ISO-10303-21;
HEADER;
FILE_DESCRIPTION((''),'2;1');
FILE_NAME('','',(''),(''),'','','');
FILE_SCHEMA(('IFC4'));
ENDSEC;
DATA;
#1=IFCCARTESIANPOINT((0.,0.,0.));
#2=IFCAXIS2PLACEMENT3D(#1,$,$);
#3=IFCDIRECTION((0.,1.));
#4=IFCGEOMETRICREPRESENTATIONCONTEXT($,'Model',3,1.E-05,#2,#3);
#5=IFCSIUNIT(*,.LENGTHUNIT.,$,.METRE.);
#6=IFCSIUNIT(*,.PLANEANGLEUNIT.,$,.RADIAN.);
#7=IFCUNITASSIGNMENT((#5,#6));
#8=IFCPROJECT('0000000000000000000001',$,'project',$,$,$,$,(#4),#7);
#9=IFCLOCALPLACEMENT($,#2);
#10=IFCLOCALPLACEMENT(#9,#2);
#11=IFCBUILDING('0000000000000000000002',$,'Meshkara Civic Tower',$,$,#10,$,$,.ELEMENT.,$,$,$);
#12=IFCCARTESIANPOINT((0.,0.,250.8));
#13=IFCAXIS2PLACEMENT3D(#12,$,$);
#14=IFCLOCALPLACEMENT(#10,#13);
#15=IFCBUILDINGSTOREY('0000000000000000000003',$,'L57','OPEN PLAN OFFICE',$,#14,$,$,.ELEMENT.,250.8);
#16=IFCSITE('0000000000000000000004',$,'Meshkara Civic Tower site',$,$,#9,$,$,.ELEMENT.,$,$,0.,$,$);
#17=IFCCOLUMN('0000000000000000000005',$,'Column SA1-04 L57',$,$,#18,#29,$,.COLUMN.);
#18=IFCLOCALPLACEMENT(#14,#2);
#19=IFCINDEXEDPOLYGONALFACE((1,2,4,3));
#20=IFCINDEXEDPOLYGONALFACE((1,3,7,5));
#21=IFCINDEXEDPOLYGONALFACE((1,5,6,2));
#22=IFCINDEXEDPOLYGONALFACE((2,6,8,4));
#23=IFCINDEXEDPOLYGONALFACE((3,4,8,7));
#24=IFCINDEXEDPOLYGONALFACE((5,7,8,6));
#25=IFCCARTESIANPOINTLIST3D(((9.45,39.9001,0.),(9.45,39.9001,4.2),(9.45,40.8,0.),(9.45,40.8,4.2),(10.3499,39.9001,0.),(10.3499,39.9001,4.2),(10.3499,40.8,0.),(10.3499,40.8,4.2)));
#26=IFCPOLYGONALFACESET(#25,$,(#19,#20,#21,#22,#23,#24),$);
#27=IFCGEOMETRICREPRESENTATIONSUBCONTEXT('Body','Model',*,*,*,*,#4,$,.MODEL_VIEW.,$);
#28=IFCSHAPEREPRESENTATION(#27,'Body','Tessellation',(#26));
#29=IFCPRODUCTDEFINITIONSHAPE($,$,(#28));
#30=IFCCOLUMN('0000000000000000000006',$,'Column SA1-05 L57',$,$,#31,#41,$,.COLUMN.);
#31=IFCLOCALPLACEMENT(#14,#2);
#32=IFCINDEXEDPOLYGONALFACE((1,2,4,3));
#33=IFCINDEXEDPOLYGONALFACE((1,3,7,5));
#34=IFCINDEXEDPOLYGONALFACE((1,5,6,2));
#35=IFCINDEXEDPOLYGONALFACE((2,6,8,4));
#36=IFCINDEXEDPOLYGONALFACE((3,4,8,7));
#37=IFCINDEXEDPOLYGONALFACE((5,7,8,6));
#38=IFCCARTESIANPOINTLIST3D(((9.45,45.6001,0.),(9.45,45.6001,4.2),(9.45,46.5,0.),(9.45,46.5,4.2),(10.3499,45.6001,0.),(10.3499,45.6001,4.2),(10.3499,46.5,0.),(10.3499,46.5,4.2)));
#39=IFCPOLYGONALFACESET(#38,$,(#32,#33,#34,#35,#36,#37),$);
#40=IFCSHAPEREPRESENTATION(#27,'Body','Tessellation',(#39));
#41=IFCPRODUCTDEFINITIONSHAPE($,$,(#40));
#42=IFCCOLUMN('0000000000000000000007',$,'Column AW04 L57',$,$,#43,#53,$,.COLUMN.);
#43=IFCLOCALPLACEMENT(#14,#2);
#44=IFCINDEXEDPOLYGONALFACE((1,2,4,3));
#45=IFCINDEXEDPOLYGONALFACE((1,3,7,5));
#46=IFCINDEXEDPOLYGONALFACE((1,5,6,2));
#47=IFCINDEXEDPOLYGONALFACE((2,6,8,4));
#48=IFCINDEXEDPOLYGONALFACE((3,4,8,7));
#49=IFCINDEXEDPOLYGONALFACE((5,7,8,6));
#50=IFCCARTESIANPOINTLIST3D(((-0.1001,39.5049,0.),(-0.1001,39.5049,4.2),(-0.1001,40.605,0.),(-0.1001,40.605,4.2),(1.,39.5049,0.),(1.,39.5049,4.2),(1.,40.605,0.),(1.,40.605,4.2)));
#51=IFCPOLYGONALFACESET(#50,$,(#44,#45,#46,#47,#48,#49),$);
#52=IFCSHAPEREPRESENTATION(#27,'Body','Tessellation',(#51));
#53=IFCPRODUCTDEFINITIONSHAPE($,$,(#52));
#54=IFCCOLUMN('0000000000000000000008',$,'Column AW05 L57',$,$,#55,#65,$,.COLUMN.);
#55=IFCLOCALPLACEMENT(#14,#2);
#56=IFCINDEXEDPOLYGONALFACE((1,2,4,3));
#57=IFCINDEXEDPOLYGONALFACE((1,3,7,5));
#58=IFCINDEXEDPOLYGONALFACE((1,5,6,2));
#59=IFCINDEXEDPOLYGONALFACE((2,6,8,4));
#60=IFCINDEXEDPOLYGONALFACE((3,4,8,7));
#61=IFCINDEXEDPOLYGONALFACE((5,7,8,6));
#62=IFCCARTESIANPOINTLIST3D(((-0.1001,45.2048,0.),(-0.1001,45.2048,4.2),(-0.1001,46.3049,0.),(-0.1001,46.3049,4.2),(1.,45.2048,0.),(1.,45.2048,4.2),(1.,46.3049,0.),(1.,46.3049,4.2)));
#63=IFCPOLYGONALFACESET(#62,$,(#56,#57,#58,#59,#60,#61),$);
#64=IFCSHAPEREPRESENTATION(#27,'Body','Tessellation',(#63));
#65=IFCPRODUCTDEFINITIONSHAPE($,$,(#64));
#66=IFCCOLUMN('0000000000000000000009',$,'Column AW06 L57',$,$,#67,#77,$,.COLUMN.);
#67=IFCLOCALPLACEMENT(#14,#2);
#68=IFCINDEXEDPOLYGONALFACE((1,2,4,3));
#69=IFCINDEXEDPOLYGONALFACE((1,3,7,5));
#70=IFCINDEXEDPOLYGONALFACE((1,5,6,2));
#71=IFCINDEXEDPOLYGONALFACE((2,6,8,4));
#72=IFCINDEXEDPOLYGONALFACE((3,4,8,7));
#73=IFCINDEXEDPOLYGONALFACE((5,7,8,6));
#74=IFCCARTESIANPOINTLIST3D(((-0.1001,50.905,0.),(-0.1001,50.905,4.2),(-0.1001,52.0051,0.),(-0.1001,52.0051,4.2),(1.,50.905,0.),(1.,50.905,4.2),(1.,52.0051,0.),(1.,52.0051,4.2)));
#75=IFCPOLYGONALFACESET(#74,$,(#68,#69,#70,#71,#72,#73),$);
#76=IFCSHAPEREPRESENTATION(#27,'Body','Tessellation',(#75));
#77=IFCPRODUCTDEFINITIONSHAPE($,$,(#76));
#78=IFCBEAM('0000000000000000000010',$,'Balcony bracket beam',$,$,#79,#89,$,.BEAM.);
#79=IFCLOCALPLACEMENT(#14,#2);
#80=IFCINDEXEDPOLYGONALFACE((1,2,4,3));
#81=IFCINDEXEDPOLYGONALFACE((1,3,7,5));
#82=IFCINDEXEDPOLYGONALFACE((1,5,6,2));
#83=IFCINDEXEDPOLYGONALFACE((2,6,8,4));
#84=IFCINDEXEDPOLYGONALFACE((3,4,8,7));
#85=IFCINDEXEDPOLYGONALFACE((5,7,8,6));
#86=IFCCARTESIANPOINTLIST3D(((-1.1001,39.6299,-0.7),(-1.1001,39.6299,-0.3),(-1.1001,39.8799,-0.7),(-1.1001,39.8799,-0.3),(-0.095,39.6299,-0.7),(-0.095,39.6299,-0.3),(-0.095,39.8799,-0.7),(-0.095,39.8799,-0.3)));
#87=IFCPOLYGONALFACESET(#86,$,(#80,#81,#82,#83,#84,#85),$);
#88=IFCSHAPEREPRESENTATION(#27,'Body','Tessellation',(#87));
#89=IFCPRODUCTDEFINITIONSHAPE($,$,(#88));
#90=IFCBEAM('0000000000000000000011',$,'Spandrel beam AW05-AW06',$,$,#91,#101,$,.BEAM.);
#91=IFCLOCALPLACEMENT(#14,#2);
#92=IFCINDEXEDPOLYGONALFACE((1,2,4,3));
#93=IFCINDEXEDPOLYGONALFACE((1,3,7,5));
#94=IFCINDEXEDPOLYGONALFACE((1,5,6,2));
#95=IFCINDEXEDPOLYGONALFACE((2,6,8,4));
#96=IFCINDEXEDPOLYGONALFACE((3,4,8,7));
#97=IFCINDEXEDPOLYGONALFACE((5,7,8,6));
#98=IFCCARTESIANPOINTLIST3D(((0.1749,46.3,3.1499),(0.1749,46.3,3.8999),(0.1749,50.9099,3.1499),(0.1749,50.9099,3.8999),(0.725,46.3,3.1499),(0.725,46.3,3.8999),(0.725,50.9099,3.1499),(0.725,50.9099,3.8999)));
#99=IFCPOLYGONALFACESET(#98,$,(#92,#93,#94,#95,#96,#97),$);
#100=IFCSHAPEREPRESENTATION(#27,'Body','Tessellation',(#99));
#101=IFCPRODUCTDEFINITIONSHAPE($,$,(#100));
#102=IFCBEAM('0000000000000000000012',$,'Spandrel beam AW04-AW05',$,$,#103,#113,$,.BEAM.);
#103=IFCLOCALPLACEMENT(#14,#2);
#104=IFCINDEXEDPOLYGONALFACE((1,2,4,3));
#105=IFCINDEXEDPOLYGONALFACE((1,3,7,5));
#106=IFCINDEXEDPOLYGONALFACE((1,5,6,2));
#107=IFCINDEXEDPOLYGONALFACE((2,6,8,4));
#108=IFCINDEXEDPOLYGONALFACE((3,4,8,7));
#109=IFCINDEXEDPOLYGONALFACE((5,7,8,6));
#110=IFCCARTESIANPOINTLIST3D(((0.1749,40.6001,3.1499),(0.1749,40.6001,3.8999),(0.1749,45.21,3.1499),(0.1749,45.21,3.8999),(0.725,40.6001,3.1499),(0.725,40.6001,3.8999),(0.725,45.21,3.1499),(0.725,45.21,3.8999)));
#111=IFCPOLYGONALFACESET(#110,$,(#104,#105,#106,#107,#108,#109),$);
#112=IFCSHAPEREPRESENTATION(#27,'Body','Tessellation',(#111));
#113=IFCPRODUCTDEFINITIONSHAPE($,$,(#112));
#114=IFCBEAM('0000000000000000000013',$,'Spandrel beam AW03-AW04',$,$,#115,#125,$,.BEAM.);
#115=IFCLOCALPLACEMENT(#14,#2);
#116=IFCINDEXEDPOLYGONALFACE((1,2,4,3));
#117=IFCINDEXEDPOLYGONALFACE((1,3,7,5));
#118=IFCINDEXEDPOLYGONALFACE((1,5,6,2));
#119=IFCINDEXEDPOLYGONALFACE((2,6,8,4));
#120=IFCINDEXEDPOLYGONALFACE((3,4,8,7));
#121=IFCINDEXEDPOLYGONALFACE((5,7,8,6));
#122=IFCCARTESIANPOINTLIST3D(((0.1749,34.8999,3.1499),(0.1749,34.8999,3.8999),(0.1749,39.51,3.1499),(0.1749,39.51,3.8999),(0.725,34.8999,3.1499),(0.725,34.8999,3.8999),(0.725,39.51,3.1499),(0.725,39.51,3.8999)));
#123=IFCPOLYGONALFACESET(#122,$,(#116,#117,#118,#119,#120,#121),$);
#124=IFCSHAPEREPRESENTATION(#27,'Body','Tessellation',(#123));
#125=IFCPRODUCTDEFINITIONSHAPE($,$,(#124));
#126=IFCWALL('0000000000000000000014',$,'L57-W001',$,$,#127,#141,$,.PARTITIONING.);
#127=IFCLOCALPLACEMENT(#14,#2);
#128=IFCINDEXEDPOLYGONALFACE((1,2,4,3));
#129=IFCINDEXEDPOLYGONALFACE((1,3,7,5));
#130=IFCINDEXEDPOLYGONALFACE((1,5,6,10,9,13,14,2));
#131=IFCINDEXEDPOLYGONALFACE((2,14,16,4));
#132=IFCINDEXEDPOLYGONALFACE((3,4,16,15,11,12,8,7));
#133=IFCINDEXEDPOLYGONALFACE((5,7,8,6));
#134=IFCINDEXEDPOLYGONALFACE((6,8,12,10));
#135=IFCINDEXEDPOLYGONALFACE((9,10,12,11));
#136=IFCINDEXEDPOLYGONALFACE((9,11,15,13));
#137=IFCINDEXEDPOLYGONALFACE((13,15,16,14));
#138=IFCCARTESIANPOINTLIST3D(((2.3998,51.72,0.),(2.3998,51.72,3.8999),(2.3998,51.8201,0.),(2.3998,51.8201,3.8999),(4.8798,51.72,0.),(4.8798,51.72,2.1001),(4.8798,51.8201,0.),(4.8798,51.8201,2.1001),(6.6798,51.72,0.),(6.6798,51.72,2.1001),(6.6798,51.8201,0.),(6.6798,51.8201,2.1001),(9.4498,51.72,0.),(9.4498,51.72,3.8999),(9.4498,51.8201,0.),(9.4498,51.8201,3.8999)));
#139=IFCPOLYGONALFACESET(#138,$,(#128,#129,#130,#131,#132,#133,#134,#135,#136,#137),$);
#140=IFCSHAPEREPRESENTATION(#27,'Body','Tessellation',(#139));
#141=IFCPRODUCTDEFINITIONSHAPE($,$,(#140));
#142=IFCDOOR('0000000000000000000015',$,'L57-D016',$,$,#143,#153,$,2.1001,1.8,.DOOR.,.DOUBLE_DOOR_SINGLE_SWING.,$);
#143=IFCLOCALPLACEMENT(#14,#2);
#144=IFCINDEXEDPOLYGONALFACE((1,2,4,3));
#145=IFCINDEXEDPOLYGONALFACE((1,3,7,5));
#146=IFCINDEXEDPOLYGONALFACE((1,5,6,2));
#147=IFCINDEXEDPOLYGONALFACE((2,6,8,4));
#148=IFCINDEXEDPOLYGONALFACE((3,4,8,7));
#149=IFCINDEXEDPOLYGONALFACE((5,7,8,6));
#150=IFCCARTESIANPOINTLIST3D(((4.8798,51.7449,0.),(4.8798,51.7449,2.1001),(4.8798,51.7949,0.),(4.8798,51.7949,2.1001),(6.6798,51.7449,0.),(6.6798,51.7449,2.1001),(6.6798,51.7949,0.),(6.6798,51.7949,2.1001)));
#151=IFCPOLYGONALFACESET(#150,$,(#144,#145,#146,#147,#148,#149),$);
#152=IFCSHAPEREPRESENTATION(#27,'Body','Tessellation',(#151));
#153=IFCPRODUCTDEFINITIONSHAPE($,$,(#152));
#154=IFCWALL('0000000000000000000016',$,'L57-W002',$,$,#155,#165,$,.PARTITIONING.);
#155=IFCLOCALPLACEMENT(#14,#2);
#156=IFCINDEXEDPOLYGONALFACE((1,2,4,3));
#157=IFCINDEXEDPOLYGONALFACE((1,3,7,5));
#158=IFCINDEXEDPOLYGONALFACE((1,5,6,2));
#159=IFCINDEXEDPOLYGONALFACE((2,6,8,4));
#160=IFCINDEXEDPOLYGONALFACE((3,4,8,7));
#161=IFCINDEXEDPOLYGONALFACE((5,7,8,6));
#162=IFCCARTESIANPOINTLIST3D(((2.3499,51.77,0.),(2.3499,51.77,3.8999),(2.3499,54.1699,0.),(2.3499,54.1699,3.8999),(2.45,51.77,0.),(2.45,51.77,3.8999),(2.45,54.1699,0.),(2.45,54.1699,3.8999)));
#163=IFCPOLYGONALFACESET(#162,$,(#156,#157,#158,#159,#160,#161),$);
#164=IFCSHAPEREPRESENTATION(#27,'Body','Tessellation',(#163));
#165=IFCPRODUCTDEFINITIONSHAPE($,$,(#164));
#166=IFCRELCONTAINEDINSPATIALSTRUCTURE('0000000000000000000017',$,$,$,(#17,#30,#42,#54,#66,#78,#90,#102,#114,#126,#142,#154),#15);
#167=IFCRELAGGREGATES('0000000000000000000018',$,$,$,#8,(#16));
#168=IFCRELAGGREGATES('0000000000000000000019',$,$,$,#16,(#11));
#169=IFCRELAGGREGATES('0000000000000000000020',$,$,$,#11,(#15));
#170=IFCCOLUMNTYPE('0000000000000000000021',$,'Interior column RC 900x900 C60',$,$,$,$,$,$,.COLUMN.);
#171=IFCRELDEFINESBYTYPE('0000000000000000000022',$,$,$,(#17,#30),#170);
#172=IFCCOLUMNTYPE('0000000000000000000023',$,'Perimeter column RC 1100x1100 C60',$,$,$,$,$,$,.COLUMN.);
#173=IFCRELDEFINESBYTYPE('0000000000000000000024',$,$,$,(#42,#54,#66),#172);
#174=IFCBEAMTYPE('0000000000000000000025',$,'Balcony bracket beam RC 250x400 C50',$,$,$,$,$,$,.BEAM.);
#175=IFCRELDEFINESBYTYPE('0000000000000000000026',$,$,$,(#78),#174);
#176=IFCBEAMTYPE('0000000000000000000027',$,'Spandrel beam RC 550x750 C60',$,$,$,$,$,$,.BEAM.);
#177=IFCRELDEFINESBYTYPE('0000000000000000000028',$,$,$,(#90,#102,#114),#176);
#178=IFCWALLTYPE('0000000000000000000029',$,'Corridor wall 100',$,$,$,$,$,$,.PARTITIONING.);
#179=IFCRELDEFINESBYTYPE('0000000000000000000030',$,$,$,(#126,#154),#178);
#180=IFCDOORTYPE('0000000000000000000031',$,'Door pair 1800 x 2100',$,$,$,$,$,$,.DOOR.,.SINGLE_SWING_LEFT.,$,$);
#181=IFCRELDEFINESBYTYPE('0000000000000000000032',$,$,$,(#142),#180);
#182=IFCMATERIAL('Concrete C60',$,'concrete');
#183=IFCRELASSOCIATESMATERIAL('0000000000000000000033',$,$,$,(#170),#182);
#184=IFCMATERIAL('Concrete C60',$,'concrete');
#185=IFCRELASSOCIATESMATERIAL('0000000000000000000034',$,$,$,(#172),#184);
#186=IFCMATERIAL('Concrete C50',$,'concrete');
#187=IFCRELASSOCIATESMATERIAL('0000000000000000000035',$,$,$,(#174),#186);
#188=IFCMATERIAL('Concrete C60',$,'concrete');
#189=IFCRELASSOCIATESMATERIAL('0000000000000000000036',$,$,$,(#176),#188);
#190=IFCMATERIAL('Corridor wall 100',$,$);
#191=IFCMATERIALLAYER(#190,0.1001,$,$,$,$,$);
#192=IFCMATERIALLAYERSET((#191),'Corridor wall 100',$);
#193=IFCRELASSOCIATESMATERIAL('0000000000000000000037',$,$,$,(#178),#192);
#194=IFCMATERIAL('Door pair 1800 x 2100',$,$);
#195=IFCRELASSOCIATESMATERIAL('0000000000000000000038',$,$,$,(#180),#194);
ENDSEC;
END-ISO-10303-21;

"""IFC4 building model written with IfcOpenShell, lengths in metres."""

from ifc_helpers import new_model, si_unit, direction, frame, frame_2d, origin, origin_2d, place, context, subcontext, project, spatial, rectangle, extrude, material, layer, layer_set, material_profile, profile_set, type_object, element, fill, save


model = new_model("IFC4")

# Units and contexts
model_context = context("Model", 3, precision=1e-05, world=origin(), true_north=direction((0.0, 1.0)))
body_context = subcontext(model_context, "Body", "Model", "MODEL_VIEW")
ifc_project = project(units=[si_unit("LENGTHUNIT", "METRE"), si_unit("PLANEANGLEUNIT", "RADIAN")], contexts=[model_context])

# Site, building, storey
site_placement = place(None, origin())
site = spatial("IfcSite", under=ifc_project, at=site_placement, Name="Meshkara Civic Tower site", CompositionType="ELEMENT", RefElevation=0.0)
building_placement = place(site_placement, origin())
building = spatial("IfcBuilding", under=site, at=building_placement, Name="Meshkara Civic Tower", CompositionType="ELEMENT")
storey_placement = place(building_placement, frame((0.0, 0.0, 250.8)))
storey = spatial("IfcBuildingStorey", under=building, at=storey_placement, Name="L57", Description="OPEN PLAN OFFICE", CompositionType="ELEMENT", Elevation=250.8)

# Columns
ifc_material_1 = material(Name="Concrete C60", Category="concrete")
ifc_material_profile_1 = material_profile(ifc_material_1, rectangle(XDim=0.8999, YDim=0.8999, at=origin_2d()))
ifc_profile_set_1 = profile_set([ifc_material_profile_1], Name="Concrete C60")
column_type_1 = type_object("IfcColumnType", Name="Interior column RC 900x900 C60", PredefinedType="COLUMN", material=ifc_profile_set_1)
for number, where, z_axis, x_axis, name in (
    (1, (9.8999, 40.3501, 0.0), (0.0, 0.0, 1.0), (1.0, 0.0, 0.0), "Column SA1-04 L57"),
    (2, (9.8999, 46.05, 0.0), (0.0, 0.0, 1.0), (1.0, 0.0, 0.0), "Column SA1-05 L57"),
):
    element("IfcColumn", number, at=place(storey_placement, frame(where, z_axis=z_axis, x_axis=x_axis)), inside=storey, type_object=column_type_1, Name=name, PredefinedType="COLUMN", context=body_context, shape_type="SweptSolid", body=[
        extrude(rectangle(XDim=0.8999, YDim=0.8999, at=origin_2d()), origin(), (0.0, 0.0, 1.0), 4.2),
    ])
ifc_material_2 = material(Name="Concrete C60", Category="concrete")
ifc_material_profile_2 = material_profile(ifc_material_2, rectangle(XDim=1.1001, YDim=1.1001, at=origin_2d()))
ifc_profile_set_2 = profile_set([ifc_material_profile_2], Name="Concrete C60")
column_type_2 = type_object("IfcColumnType", Name="Perimeter column RC 1100x1100 C60", PredefinedType="COLUMN", material=ifc_profile_set_2)
for number, where, z_axis, x_axis, name in (
    (3, (0.45, 40.0549, 0.0), (0.0, 0.0, 1.0), (1.0, 0.0, 0.0), "Column AW04 L57"),
    (4, (0.45, 45.7549, 0.0), (0.0, 0.0, 1.0), (1.0, 0.0, 0.0), "Column AW05 L57"),
    (5, (0.45, 51.4551, 0.0), (0.0, 0.0, 1.0), (1.0, 0.0, 0.0), "Column AW06 L57"),
):
    element("IfcColumn", number, at=place(storey_placement, frame(where, z_axis=z_axis, x_axis=x_axis)), inside=storey, type_object=column_type_2, Name=name, PredefinedType="COLUMN", context=body_context, shape_type="SweptSolid", body=[
        extrude(rectangle(XDim=1.1001, YDim=1.1001, at=origin_2d()), origin(), (0.0, 0.0, 1.0), 4.2),
    ])

# Beams
ifc_material_3 = material(Name="Concrete C50", Category="concrete")
ifc_material_profile_3 = material_profile(ifc_material_3, rectangle(XDim=0.25, YDim=0.3999, at=origin_2d()))
ifc_profile_set_3 = profile_set([ifc_material_profile_3], Name="Concrete C50")
beam_type_1 = type_object("IfcBeamType", Name="Balcony bracket beam RC 250x400 C50", PredefinedType="BEAM", material=ifc_profile_set_3)
beam_1_placement = place(storey_placement, frame((-0.095, 39.7549, -0.5), z_axis=(-1.0, 0.0, 0.0), x_axis=(0.0, -1.0, 0.0)))
element("IfcBeam", 6, at=beam_1_placement, inside=storey, type_object=beam_type_1, Name="Balcony bracket beam", PredefinedType="BEAM", context=body_context, shape_type="SweptSolid", body=[
    extrude(rectangle(XDim=0.25, YDim=0.3999, at=origin_2d()), origin(), (0.0, 0.0, 1.0), 1.0051),
])
ifc_material_4 = material(Name="Concrete C60", Category="concrete")
ifc_material_profile_4 = material_profile(ifc_material_4, rectangle(XDim=0.55, YDim=0.75, at=origin_2d()))
ifc_profile_set_4 = profile_set([ifc_material_profile_4], Name="Concrete C60")
beam_type_2 = type_object("IfcBeamType", Name="Spandrel beam RC 550x750 C60", PredefinedType="BEAM", material=ifc_profile_set_4)
for number, where, z_axis, x_axis, name in (
    (7, (0.45, 50.9099, 3.5249), (0.0, -1.0, 0.0), (1.0, 0.0, 0.0), "Spandrel beam AW05-AW06"),
    (8, (0.45, 45.21, 3.5249), (0.0, -1.0, 0.0), (1.0, 0.0, 0.0), "Spandrel beam AW04-AW05"),
):
    element("IfcBeam", number, at=place(storey_placement, frame(where, z_axis=z_axis, x_axis=x_axis)), inside=storey, type_object=beam_type_2, Name=name, PredefinedType="BEAM", context=body_context, shape_type="SweptSolid", body=[
        extrude(rectangle(XDim=0.55, YDim=0.75, at=origin_2d()), origin(), (0.0, 0.0, 1.0), 4.6099),
    ])
beam_2_placement = place(storey_placement, frame((0.45, 39.51, 3.5249), z_axis=(0.0, -1.0, 0.0), x_axis=(1.0, 0.0, 0.0)))
element("IfcBeam", 9, at=beam_2_placement, inside=storey, type_object=beam_type_2, Name="Spandrel beam AW03-AW04", PredefinedType="BEAM", context=body_context, shape_type="SweptSolid", body=[
    extrude(rectangle(XDim=0.55, YDim=0.75, at=origin_2d()), origin(), (0.0, 0.0, 1.0), 4.6101),
])

# Wall, opening, door
ifc_material_5 = material(Name="Corridor wall 100")
ifc_layer_1 = layer(ifc_material_5, 0.1001)
ifc_layer_set_1 = layer_set([ifc_layer_1], Name="Corridor wall 100")
wall_type_1 = type_object("IfcWallType", Name="Corridor wall 100", PredefinedType="PARTITIONING", material=ifc_layer_set_1)
wall_1_placement = place(storey_placement, frame((2.3999, 51.77, 0.0), z_axis=(0.0, 0.0, 1.0), x_axis=(1.0, 0.0, 0.0)))
wall_1 = element("IfcWall", 10, at=wall_1_placement, inside=storey, type_object=wall_type_1, Name="L57-W001", PredefinedType="PARTITIONING", context=body_context, shape_type="SweptSolid", body=[
    extrude(rectangle(XDim=7.05, YDim=0.1001, at=frame_2d((3.5249, 0.0))), origin(), (0.0, 0.0, 1.0), 3.8999),
])
opening_1_placement = place(wall_1_placement, frame((2.48, 0.0, 0.0)))
opening_1 = element("IfcOpeningElement", 11, at=opening_1_placement, cuts=wall_1, PredefinedType="OPENING", context=body_context, shape_type="SweptSolid", body=[
    extrude(rectangle(XDim=1.8, YDim=2.1001, at=frame_2d((0.8999, 1.05))), frame((0.0, 0.0601, 0.0), z_axis=(0.0, -1.0, 0.0), x_axis=(1.0, 0.0, 0.0)), (0.0, 0.0, 1.0), 0.1201),
])
ifc_material_6 = material(Name="Door pair 1800 x 2100")
door_type = type_object("IfcDoorType", Name="Door pair 1800 x 2100", OperationType="SINGLE_SWING_LEFT", PredefinedType="DOOR", material=ifc_material_6)
door_1_placement = place(opening_1_placement, origin())
door_1 = element("IfcDoor", 12, at=door_1_placement, inside=storey, type_object=door_type, Name="L57-D016", OperationType="DOUBLE_DOOR_SINGLE_SWING", OverallHeight=2.1001, OverallWidth=1.8, PredefinedType="DOOR", context=body_context, shape_type="SweptSolid", body=[
    extrude(rectangle(XDim=1.8, YDim=2.1001, at=frame_2d((0.8999, 1.05))), frame((0.0, 0.0249, 0.0), z_axis=(0.0, -1.0, 0.0), x_axis=(1.0, 0.0, 0.0)), (0.0, 0.0, 1.0), 0.05),
])
fill(opening_1, door_1)

# Wall
wall_2_placement = place(storey_placement, frame((2.3999, 54.1699, 0.0), z_axis=(0.0, 0.0, 1.0), x_axis=(0.0, -1.0, 0.0)))
element("IfcWall", 13, at=wall_2_placement, inside=storey, type_object=wall_type_1, Name="L57-W002", PredefinedType="PARTITIONING", context=body_context, shape_type="SweptSolid", body=[
    extrude(rectangle(XDim=2.3999, YDim=0.1001, at=frame_2d((1.2, 0.0))), origin(), (0.0, 0.0, 1.0), 3.8999),
])

save(model, "model.ifc")
